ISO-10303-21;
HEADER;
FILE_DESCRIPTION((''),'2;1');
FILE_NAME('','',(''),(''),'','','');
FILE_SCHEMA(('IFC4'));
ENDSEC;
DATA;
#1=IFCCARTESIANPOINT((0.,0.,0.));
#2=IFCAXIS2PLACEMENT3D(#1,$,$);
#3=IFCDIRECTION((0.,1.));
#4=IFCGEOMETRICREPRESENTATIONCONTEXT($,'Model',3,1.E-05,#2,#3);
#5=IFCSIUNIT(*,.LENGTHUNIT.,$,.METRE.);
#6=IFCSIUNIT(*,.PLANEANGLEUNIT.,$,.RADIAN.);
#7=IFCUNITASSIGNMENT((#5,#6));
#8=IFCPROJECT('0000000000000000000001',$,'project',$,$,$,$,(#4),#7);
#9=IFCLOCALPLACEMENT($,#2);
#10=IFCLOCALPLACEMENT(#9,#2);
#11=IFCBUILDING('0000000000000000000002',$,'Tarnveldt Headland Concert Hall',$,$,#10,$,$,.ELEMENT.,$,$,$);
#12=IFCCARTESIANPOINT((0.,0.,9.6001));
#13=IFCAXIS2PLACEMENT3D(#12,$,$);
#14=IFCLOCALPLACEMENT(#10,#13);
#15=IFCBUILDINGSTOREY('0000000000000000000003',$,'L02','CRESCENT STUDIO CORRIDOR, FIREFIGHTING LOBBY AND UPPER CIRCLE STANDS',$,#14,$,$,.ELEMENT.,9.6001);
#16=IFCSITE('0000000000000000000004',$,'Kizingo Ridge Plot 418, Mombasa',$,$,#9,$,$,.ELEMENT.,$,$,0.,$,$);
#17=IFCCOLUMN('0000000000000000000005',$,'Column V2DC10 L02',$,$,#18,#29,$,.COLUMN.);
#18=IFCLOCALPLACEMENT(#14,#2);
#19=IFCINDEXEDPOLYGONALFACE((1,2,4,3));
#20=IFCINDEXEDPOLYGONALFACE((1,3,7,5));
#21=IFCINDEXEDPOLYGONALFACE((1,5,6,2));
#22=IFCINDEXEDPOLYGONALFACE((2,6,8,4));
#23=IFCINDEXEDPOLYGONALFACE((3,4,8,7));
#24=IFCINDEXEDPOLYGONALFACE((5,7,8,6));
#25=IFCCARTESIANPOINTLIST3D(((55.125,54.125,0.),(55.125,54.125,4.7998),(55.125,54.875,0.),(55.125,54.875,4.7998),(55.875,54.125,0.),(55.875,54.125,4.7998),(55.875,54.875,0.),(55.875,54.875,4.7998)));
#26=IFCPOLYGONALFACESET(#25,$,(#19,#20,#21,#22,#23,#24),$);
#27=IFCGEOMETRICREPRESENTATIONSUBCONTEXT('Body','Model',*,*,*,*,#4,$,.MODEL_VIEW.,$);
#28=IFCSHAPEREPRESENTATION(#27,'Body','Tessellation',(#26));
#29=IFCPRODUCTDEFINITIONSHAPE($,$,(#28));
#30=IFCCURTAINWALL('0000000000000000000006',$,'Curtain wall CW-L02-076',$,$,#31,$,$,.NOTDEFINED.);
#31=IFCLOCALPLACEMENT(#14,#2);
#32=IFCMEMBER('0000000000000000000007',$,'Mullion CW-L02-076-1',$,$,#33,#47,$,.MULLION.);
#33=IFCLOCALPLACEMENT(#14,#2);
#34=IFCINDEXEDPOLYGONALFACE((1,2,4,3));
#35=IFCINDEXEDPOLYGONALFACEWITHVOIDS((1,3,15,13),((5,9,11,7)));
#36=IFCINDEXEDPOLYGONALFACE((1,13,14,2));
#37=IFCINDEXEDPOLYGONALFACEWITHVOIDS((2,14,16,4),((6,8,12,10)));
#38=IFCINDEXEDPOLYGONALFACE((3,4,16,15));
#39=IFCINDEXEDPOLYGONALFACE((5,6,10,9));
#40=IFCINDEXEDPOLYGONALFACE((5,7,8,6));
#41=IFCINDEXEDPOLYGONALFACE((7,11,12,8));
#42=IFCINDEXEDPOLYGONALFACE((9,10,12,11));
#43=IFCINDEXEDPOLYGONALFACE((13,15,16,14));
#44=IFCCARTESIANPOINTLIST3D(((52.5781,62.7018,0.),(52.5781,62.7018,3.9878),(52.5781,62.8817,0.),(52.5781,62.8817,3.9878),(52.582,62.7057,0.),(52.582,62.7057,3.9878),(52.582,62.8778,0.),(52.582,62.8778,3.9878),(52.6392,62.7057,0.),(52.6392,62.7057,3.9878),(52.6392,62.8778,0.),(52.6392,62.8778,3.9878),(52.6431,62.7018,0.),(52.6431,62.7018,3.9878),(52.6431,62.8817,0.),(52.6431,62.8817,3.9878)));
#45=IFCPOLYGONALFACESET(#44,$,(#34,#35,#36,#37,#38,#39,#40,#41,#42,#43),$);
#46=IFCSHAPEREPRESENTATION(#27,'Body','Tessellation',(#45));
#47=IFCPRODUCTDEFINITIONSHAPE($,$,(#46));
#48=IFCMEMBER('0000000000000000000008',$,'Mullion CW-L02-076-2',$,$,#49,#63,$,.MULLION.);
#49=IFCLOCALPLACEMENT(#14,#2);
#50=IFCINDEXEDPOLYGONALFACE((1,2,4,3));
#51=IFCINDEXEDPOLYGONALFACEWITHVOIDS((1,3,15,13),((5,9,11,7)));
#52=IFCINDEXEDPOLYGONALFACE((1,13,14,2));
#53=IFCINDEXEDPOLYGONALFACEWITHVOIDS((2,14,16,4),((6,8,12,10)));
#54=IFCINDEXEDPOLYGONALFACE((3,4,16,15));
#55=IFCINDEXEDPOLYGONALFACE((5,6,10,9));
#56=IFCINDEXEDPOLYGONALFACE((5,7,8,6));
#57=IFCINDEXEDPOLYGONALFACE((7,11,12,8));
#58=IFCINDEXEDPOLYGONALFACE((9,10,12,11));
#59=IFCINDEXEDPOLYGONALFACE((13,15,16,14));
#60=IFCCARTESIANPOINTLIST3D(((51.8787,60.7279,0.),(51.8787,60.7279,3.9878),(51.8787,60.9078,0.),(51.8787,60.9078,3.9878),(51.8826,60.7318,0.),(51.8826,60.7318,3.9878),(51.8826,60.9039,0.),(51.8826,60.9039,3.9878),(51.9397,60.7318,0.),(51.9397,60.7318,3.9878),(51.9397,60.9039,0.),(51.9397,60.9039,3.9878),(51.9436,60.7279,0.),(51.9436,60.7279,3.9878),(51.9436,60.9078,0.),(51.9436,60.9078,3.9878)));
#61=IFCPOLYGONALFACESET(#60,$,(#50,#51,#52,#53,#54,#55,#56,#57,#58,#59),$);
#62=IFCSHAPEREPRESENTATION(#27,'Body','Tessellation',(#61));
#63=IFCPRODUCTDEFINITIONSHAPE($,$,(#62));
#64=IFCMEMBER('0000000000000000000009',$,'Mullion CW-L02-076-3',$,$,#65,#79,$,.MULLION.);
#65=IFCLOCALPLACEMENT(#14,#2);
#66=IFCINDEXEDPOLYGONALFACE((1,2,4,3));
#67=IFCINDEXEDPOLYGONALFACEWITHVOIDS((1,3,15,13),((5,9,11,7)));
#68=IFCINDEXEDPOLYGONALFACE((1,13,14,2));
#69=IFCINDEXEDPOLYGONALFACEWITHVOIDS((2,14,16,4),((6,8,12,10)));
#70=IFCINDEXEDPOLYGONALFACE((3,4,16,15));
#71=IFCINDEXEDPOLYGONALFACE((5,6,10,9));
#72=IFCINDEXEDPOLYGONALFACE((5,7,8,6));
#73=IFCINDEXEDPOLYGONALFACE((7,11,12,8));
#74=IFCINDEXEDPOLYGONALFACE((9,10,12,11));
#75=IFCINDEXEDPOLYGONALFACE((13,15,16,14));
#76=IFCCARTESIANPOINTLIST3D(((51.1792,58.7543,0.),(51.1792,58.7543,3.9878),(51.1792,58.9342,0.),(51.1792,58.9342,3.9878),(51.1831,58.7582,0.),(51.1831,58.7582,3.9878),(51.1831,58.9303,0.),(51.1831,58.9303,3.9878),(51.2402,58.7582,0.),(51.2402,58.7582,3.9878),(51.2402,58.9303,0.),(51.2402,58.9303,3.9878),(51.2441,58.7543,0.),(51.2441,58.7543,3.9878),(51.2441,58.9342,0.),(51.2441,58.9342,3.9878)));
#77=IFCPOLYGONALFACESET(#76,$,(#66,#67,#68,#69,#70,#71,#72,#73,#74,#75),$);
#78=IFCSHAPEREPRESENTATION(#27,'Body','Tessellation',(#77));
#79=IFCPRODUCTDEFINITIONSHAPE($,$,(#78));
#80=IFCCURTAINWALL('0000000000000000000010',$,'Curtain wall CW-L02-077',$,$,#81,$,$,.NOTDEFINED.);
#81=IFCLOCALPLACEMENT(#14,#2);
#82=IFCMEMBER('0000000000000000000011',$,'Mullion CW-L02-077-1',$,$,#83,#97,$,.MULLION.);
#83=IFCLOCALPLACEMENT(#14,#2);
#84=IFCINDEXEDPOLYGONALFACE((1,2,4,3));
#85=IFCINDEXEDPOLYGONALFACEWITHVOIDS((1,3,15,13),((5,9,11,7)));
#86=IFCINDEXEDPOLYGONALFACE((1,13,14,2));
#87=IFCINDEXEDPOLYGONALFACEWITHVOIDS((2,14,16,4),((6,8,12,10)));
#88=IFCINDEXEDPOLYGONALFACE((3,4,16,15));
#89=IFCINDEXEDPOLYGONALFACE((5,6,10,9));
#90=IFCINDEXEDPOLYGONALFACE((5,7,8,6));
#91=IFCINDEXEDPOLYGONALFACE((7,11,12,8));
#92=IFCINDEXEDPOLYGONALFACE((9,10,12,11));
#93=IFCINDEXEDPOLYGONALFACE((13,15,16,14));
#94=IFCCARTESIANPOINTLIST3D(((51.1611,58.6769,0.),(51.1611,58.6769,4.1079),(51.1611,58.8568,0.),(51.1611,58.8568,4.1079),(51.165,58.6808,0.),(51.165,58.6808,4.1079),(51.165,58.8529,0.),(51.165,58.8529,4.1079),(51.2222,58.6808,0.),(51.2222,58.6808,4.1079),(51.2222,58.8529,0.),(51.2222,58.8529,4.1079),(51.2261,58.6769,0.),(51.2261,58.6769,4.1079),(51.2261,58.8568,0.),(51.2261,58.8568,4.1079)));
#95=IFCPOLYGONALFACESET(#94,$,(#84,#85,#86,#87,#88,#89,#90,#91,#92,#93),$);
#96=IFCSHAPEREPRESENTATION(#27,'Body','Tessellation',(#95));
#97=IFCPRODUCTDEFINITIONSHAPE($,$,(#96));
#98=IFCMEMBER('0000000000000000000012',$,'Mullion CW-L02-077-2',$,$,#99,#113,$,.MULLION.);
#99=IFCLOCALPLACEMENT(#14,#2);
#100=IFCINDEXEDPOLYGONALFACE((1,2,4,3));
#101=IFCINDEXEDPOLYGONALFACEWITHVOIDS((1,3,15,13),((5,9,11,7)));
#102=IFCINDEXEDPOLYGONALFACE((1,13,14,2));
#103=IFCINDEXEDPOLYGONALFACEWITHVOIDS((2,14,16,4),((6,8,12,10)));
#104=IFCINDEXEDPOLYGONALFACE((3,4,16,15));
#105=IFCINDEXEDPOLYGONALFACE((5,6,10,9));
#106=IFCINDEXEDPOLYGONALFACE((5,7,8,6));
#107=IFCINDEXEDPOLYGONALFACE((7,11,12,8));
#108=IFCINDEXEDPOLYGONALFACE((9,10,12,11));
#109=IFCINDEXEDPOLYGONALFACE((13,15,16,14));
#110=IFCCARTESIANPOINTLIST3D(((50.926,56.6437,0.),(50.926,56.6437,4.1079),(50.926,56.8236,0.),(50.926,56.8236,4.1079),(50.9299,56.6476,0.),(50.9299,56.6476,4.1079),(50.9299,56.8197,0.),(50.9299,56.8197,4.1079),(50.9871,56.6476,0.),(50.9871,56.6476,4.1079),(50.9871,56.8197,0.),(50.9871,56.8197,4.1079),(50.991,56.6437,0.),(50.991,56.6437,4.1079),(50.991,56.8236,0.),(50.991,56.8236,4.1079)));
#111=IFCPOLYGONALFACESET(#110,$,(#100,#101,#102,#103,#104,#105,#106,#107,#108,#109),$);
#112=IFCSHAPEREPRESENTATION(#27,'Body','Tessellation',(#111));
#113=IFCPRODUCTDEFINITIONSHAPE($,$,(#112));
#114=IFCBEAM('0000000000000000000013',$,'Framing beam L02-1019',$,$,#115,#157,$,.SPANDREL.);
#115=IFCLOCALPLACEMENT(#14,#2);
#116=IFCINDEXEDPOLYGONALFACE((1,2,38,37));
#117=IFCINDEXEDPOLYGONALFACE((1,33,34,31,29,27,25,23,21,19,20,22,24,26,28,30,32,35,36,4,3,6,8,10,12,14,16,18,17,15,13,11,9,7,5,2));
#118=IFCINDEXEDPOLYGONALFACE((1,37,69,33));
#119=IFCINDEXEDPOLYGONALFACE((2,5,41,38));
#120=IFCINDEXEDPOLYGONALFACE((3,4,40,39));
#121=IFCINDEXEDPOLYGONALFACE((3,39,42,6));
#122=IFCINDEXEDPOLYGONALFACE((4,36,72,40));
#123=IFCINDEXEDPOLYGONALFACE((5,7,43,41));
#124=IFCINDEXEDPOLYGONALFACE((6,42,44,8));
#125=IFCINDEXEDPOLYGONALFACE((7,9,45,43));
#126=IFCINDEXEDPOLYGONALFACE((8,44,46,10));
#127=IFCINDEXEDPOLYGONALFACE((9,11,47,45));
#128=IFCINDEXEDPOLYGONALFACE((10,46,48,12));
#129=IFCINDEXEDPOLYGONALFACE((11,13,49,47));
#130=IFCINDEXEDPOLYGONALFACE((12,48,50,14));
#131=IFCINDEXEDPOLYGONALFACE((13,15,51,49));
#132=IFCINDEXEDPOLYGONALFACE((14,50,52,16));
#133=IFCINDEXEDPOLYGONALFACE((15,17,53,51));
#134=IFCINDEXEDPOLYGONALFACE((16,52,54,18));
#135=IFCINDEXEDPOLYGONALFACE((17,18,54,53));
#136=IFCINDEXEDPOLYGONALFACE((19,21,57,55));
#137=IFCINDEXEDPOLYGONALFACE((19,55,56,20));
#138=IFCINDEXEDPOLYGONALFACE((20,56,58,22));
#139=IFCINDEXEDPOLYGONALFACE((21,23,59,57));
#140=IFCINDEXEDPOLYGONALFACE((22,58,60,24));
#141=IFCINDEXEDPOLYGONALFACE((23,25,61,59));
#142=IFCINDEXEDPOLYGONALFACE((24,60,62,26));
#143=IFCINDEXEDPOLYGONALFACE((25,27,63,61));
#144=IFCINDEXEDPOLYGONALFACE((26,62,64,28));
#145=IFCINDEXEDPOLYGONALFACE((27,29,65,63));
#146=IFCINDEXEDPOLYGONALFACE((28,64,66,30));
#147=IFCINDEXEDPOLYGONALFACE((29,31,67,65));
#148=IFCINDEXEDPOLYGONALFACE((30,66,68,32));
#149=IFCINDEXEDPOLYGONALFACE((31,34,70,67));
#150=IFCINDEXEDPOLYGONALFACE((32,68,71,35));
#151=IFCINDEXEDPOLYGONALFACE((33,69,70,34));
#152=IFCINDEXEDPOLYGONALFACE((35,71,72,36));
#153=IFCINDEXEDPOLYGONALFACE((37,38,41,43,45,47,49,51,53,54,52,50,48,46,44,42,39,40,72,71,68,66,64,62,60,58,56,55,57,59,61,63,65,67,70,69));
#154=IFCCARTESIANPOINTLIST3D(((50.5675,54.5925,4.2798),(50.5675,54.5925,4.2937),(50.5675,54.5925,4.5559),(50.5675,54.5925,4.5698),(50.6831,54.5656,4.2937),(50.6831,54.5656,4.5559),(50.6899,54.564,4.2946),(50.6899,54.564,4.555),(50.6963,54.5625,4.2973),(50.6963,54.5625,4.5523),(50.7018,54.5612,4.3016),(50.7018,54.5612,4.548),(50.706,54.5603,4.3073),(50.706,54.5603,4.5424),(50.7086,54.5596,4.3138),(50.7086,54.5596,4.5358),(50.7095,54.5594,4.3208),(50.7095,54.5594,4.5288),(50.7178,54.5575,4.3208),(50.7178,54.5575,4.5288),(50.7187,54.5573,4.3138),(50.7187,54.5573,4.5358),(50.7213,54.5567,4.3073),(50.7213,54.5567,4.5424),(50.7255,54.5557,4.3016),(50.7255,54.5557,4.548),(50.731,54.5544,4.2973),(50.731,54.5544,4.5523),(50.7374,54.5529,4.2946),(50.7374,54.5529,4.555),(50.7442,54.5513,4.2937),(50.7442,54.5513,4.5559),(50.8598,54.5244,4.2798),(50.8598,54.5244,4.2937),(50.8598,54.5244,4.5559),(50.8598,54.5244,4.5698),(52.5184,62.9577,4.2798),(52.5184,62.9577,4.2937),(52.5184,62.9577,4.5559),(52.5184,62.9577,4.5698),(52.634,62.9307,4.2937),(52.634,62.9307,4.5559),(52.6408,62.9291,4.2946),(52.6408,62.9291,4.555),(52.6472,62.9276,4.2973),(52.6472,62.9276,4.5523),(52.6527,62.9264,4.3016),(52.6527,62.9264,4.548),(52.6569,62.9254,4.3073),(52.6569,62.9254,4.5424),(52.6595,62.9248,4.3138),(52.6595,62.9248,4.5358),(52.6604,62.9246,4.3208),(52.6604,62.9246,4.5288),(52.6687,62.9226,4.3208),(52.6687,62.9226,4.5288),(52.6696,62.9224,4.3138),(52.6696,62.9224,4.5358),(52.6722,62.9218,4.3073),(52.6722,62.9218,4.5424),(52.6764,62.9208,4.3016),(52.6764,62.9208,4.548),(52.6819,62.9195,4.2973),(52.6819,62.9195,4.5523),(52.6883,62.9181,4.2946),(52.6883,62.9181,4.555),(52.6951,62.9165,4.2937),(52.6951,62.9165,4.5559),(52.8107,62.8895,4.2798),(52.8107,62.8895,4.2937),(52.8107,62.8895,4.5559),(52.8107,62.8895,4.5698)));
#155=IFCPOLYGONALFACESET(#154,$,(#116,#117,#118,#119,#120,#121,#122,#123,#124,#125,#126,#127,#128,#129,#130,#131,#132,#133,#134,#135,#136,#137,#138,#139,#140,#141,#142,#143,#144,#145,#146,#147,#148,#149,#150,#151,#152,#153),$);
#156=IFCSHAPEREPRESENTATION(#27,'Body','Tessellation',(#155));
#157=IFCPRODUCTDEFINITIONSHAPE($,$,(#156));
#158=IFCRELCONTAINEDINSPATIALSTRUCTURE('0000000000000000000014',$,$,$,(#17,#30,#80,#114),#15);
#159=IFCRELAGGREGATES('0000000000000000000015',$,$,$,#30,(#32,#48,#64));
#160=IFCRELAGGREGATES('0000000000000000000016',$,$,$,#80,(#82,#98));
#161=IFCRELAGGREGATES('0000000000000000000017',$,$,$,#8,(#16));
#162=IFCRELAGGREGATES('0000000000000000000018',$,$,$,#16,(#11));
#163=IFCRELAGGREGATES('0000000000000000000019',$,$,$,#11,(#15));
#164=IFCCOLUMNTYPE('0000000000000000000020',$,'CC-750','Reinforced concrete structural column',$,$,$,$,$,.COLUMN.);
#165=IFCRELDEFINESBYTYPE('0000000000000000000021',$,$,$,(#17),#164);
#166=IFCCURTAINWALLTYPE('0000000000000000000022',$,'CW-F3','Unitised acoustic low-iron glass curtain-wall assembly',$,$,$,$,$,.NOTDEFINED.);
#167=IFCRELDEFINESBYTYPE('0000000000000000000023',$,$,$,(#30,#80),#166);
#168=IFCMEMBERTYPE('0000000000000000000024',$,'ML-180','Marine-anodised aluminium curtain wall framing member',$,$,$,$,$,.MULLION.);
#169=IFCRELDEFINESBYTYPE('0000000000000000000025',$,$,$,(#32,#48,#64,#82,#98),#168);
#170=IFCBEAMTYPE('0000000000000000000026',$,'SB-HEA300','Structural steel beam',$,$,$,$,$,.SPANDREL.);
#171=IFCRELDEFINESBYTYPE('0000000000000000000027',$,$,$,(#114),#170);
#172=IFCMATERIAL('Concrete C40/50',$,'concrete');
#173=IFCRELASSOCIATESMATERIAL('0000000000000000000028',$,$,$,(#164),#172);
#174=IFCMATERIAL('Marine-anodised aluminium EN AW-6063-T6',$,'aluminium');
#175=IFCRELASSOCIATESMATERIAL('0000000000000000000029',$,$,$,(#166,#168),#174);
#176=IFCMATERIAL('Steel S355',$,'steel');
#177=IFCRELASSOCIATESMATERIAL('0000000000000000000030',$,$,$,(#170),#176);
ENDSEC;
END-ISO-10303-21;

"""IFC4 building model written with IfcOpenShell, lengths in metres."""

from ifc_helpers import new_model, si_unit, direction, frame, origin, origin_2d, place, context, subcontext, project, spatial, rectangle, hollow_rectangle, i_section, extrude, material, material_profile, profile_set, type_object, element, aggregate, save


model = new_model("IFC4")

# Units and contexts
model_context = context("Model", 3, precision=1e-05, world=origin(), true_north=direction((0.0, 1.0)))
body_context = subcontext(model_context, "Body", "Model", "MODEL_VIEW")
ifc_project = project(units=[si_unit("LENGTHUNIT", "METRE"), si_unit("PLANEANGLEUNIT", "RADIAN")], contexts=[model_context])

# Site, building, storey
site_placement = place(None, origin())
site = spatial("IfcSite", under=ifc_project, at=site_placement, Name="Kizingo Ridge Plot 418, Mombasa", CompositionType="ELEMENT", RefElevation=0.0)
building_placement = place(site_placement, origin())
building = spatial("IfcBuilding", under=site, at=building_placement, Name="Tarnveldt Headland Concert Hall", CompositionType="ELEMENT")
storey_placement = place(building_placement, frame((0.0, 0.0, 9.6001)))
storey = spatial("IfcBuildingStorey", under=building, at=storey_placement, Name="L02", Description="CRESCENT STUDIO CORRIDOR, FIREFIGHTING LOBBY AND UPPER CIRCLE STANDS", CompositionType="ELEMENT", Elevation=9.6001)

# Column
ifc_material_1 = material(Name="Concrete C40/50", Category="concrete")
ifc_material_profile_1 = material_profile(ifc_material_1, rectangle(XDim=0.75, YDim=0.75, at=origin_2d()), Name="RC 750x750", Category="concrete")
ifc_profile_set_1 = profile_set([ifc_material_profile_1], Name="Concrete C40/50")
column_type = type_object("IfcColumnType", Name="CC-750", Description="Reinforced concrete structural column", PredefinedType="COLUMN", material=ifc_profile_set_1)
column_placement = place(storey_placement, frame((55.5, 54.5, 0.0), z_axis=(0.0, 0.0, 1.0), x_axis=(-1.0, 0.0, 0.0)))
element("IfcColumn", 1, at=column_placement, inside=storey, type_object=column_type, Name="Column V2DC10 L02", PredefinedType="COLUMN", context=body_context, shape_type="SweptSolid", body=[
    extrude(rectangle(XDim=0.75, YDim=0.75, at=origin_2d()), origin(), (0.0, 0.0, 1.0), 4.7998),
])

# Curtain walls, members
ifc_material_2 = material(Name="Marine-anodised aluminium EN AW-6063-T6", Category="aluminium")
curtain_wall_type = type_object("IfcCurtainWallType", Name="CW-F3", Description="Unitised acoustic low-iron glass curtain-wall assembly", PredefinedType="NOTDEFINED", material=ifc_material_2)
curtain_wall_1_placement = place(storey_placement, origin())
curtain_wall_1 = element("IfcCurtainWall", 2, at=curtain_wall_1_placement, inside=storey, type_object=curtain_wall_type, Name="Curtain wall CW-L02-076", PredefinedType="NOTDEFINED")
ifc_material_profile_2 = material_profile(ifc_material_2, hollow_rectangle(XDim=0.0649, YDim=0.1799, WallThickness=0.0039, at=origin_2d()), Name="ALU MULLION 65x180x4", Category="aluminium")
ifc_profile_set_2 = profile_set([ifc_material_profile_2], Name="Marine-anodised aluminium EN AW-6063-T6")
member_type_1 = type_object("IfcMemberType", Name="ML-180", Description="Marine-anodised aluminium curtain wall framing member", PredefinedType="MULLION", material=ifc_profile_set_2)
member_1_placement = place(storey_placement, frame((52.6106, 62.7917, 0.0), z_axis=(0.0, 0.0, 1.0), x_axis=(1.0, 0.0, 0.0)))
member_1 = element("IfcMember", 3, at=member_1_placement, type_object=member_type_1, Name="Mullion CW-L02-076-1", PredefinedType="MULLION", context=body_context, shape_type="SweptSolid", body=[
    extrude(hollow_rectangle(XDim=0.0649, YDim=0.1799, WallThickness=0.0039, at=origin_2d()), origin(), (0.0, 0.0, 1.0), 3.9878),
])
member_2_placement = place(storey_placement, frame((51.9111, 60.8179, 0.0), z_axis=(0.0, 0.0, 1.0), x_axis=(1.0, 0.0, 0.0)))
member_2 = element("IfcMember", 4, at=member_2_placement, type_object=member_type_1, Name="Mullion CW-L02-076-2", PredefinedType="MULLION", context=body_context, shape_type="SweptSolid", body=[
    extrude(hollow_rectangle(XDim=0.0649, YDim=0.1799, WallThickness=0.0039, at=origin_2d()), origin(), (0.0, 0.0, 1.0), 3.9878),
])
member_3_placement = place(storey_placement, frame((51.2117, 58.8442, 0.0), z_axis=(0.0, 0.0, 1.0), x_axis=(1.0, 0.0, 0.0)))
member_3 = element("IfcMember", 5, at=member_3_placement, type_object=member_type_1, Name="Mullion CW-L02-076-3", PredefinedType="MULLION", context=body_context, shape_type="SweptSolid", body=[
    extrude(hollow_rectangle(XDim=0.0649, YDim=0.1799, WallThickness=0.0039, at=origin_2d()), origin(), (0.0, 0.0, 1.0), 3.9878),
])
curtain_wall_2_placement = place(storey_placement, origin())
curtain_wall_2 = element("IfcCurtainWall", 6, at=curtain_wall_2_placement, inside=storey, type_object=curtain_wall_type, Name="Curtain wall CW-L02-077", PredefinedType="NOTDEFINED")
member_4_placement = place(storey_placement, frame((51.1936, 58.7668, 0.0), z_axis=(0.0, 0.0, 1.0), x_axis=(1.0, 0.0, 0.0)))
member_4 = element("IfcMember", 7, at=member_4_placement, type_object=member_type_1, Name="Mullion CW-L02-077-1", PredefinedType="MULLION", context=body_context, shape_type="SweptSolid", body=[
    extrude(hollow_rectangle(XDim=0.0649, YDim=0.1799, WallThickness=0.0039, at=origin_2d()), origin(), (0.0, 0.0, 1.0), 4.1079),
])
member_5_placement = place(storey_placement, frame((50.9585, 56.7336, 0.0), z_axis=(0.0, 0.0, 1.0), x_axis=(1.0, 0.0, 0.0)))
member_5 = element("IfcMember", 8, at=member_5_placement, type_object=member_type_1, Name="Mullion CW-L02-077-2", PredefinedType="MULLION", context=body_context, shape_type="SweptSolid", body=[
    extrude(hollow_rectangle(XDim=0.0649, YDim=0.1799, WallThickness=0.0039, at=origin_2d()), origin(), (0.0, 0.0, 1.0), 4.1079),
])

# Beam
ifc_material_3 = material(Name="Steel S355", Category="steel")
ifc_material_profile_3 = material_profile(ifc_material_3, i_section(OverallWidth=0.3, OverallDepth=0.29, WebThickness=0.0085, FlangeThickness=0.0139, FilletRadius=0.0271, at=origin_2d()), Name="HEA300", Category="steel")
ifc_profile_set_3 = profile_set([ifc_material_profile_3], Name="Steel S355")
beam_type_1 = type_object("IfcBeamType", Name="SB-HEA300", Description="Structural steel beam", PredefinedType="SPANDREL", material=ifc_profile_set_3)
beam_1_placement = place(storey_placement, frame((52.6646, 62.9236, 4.4248), z_axis=(-0.227124, -0.973866, 0.0), x_axis=(0.973866, -0.227124, 0.0)))
element("IfcBeam", 9, at=beam_1_placement, inside=storey, type_object=beam_type_1, Name="Framing beam L02-1019", PredefinedType="SPANDREL", context=body_context, shape_type="SweptSolid", body=[
    extrude(i_section(OverallWidth=0.3, OverallDepth=0.29, WebThickness=0.0085, FlangeThickness=0.0139, FilletRadius=0.0271, at=origin_2d()), origin(), (0.0, 0.0, 1.0), 8.5896),
])

aggregate(curtain_wall_1, [member_1, member_2, member_3])
aggregate(curtain_wall_2, [member_4, member_5])

save(model, "model.ifc")
